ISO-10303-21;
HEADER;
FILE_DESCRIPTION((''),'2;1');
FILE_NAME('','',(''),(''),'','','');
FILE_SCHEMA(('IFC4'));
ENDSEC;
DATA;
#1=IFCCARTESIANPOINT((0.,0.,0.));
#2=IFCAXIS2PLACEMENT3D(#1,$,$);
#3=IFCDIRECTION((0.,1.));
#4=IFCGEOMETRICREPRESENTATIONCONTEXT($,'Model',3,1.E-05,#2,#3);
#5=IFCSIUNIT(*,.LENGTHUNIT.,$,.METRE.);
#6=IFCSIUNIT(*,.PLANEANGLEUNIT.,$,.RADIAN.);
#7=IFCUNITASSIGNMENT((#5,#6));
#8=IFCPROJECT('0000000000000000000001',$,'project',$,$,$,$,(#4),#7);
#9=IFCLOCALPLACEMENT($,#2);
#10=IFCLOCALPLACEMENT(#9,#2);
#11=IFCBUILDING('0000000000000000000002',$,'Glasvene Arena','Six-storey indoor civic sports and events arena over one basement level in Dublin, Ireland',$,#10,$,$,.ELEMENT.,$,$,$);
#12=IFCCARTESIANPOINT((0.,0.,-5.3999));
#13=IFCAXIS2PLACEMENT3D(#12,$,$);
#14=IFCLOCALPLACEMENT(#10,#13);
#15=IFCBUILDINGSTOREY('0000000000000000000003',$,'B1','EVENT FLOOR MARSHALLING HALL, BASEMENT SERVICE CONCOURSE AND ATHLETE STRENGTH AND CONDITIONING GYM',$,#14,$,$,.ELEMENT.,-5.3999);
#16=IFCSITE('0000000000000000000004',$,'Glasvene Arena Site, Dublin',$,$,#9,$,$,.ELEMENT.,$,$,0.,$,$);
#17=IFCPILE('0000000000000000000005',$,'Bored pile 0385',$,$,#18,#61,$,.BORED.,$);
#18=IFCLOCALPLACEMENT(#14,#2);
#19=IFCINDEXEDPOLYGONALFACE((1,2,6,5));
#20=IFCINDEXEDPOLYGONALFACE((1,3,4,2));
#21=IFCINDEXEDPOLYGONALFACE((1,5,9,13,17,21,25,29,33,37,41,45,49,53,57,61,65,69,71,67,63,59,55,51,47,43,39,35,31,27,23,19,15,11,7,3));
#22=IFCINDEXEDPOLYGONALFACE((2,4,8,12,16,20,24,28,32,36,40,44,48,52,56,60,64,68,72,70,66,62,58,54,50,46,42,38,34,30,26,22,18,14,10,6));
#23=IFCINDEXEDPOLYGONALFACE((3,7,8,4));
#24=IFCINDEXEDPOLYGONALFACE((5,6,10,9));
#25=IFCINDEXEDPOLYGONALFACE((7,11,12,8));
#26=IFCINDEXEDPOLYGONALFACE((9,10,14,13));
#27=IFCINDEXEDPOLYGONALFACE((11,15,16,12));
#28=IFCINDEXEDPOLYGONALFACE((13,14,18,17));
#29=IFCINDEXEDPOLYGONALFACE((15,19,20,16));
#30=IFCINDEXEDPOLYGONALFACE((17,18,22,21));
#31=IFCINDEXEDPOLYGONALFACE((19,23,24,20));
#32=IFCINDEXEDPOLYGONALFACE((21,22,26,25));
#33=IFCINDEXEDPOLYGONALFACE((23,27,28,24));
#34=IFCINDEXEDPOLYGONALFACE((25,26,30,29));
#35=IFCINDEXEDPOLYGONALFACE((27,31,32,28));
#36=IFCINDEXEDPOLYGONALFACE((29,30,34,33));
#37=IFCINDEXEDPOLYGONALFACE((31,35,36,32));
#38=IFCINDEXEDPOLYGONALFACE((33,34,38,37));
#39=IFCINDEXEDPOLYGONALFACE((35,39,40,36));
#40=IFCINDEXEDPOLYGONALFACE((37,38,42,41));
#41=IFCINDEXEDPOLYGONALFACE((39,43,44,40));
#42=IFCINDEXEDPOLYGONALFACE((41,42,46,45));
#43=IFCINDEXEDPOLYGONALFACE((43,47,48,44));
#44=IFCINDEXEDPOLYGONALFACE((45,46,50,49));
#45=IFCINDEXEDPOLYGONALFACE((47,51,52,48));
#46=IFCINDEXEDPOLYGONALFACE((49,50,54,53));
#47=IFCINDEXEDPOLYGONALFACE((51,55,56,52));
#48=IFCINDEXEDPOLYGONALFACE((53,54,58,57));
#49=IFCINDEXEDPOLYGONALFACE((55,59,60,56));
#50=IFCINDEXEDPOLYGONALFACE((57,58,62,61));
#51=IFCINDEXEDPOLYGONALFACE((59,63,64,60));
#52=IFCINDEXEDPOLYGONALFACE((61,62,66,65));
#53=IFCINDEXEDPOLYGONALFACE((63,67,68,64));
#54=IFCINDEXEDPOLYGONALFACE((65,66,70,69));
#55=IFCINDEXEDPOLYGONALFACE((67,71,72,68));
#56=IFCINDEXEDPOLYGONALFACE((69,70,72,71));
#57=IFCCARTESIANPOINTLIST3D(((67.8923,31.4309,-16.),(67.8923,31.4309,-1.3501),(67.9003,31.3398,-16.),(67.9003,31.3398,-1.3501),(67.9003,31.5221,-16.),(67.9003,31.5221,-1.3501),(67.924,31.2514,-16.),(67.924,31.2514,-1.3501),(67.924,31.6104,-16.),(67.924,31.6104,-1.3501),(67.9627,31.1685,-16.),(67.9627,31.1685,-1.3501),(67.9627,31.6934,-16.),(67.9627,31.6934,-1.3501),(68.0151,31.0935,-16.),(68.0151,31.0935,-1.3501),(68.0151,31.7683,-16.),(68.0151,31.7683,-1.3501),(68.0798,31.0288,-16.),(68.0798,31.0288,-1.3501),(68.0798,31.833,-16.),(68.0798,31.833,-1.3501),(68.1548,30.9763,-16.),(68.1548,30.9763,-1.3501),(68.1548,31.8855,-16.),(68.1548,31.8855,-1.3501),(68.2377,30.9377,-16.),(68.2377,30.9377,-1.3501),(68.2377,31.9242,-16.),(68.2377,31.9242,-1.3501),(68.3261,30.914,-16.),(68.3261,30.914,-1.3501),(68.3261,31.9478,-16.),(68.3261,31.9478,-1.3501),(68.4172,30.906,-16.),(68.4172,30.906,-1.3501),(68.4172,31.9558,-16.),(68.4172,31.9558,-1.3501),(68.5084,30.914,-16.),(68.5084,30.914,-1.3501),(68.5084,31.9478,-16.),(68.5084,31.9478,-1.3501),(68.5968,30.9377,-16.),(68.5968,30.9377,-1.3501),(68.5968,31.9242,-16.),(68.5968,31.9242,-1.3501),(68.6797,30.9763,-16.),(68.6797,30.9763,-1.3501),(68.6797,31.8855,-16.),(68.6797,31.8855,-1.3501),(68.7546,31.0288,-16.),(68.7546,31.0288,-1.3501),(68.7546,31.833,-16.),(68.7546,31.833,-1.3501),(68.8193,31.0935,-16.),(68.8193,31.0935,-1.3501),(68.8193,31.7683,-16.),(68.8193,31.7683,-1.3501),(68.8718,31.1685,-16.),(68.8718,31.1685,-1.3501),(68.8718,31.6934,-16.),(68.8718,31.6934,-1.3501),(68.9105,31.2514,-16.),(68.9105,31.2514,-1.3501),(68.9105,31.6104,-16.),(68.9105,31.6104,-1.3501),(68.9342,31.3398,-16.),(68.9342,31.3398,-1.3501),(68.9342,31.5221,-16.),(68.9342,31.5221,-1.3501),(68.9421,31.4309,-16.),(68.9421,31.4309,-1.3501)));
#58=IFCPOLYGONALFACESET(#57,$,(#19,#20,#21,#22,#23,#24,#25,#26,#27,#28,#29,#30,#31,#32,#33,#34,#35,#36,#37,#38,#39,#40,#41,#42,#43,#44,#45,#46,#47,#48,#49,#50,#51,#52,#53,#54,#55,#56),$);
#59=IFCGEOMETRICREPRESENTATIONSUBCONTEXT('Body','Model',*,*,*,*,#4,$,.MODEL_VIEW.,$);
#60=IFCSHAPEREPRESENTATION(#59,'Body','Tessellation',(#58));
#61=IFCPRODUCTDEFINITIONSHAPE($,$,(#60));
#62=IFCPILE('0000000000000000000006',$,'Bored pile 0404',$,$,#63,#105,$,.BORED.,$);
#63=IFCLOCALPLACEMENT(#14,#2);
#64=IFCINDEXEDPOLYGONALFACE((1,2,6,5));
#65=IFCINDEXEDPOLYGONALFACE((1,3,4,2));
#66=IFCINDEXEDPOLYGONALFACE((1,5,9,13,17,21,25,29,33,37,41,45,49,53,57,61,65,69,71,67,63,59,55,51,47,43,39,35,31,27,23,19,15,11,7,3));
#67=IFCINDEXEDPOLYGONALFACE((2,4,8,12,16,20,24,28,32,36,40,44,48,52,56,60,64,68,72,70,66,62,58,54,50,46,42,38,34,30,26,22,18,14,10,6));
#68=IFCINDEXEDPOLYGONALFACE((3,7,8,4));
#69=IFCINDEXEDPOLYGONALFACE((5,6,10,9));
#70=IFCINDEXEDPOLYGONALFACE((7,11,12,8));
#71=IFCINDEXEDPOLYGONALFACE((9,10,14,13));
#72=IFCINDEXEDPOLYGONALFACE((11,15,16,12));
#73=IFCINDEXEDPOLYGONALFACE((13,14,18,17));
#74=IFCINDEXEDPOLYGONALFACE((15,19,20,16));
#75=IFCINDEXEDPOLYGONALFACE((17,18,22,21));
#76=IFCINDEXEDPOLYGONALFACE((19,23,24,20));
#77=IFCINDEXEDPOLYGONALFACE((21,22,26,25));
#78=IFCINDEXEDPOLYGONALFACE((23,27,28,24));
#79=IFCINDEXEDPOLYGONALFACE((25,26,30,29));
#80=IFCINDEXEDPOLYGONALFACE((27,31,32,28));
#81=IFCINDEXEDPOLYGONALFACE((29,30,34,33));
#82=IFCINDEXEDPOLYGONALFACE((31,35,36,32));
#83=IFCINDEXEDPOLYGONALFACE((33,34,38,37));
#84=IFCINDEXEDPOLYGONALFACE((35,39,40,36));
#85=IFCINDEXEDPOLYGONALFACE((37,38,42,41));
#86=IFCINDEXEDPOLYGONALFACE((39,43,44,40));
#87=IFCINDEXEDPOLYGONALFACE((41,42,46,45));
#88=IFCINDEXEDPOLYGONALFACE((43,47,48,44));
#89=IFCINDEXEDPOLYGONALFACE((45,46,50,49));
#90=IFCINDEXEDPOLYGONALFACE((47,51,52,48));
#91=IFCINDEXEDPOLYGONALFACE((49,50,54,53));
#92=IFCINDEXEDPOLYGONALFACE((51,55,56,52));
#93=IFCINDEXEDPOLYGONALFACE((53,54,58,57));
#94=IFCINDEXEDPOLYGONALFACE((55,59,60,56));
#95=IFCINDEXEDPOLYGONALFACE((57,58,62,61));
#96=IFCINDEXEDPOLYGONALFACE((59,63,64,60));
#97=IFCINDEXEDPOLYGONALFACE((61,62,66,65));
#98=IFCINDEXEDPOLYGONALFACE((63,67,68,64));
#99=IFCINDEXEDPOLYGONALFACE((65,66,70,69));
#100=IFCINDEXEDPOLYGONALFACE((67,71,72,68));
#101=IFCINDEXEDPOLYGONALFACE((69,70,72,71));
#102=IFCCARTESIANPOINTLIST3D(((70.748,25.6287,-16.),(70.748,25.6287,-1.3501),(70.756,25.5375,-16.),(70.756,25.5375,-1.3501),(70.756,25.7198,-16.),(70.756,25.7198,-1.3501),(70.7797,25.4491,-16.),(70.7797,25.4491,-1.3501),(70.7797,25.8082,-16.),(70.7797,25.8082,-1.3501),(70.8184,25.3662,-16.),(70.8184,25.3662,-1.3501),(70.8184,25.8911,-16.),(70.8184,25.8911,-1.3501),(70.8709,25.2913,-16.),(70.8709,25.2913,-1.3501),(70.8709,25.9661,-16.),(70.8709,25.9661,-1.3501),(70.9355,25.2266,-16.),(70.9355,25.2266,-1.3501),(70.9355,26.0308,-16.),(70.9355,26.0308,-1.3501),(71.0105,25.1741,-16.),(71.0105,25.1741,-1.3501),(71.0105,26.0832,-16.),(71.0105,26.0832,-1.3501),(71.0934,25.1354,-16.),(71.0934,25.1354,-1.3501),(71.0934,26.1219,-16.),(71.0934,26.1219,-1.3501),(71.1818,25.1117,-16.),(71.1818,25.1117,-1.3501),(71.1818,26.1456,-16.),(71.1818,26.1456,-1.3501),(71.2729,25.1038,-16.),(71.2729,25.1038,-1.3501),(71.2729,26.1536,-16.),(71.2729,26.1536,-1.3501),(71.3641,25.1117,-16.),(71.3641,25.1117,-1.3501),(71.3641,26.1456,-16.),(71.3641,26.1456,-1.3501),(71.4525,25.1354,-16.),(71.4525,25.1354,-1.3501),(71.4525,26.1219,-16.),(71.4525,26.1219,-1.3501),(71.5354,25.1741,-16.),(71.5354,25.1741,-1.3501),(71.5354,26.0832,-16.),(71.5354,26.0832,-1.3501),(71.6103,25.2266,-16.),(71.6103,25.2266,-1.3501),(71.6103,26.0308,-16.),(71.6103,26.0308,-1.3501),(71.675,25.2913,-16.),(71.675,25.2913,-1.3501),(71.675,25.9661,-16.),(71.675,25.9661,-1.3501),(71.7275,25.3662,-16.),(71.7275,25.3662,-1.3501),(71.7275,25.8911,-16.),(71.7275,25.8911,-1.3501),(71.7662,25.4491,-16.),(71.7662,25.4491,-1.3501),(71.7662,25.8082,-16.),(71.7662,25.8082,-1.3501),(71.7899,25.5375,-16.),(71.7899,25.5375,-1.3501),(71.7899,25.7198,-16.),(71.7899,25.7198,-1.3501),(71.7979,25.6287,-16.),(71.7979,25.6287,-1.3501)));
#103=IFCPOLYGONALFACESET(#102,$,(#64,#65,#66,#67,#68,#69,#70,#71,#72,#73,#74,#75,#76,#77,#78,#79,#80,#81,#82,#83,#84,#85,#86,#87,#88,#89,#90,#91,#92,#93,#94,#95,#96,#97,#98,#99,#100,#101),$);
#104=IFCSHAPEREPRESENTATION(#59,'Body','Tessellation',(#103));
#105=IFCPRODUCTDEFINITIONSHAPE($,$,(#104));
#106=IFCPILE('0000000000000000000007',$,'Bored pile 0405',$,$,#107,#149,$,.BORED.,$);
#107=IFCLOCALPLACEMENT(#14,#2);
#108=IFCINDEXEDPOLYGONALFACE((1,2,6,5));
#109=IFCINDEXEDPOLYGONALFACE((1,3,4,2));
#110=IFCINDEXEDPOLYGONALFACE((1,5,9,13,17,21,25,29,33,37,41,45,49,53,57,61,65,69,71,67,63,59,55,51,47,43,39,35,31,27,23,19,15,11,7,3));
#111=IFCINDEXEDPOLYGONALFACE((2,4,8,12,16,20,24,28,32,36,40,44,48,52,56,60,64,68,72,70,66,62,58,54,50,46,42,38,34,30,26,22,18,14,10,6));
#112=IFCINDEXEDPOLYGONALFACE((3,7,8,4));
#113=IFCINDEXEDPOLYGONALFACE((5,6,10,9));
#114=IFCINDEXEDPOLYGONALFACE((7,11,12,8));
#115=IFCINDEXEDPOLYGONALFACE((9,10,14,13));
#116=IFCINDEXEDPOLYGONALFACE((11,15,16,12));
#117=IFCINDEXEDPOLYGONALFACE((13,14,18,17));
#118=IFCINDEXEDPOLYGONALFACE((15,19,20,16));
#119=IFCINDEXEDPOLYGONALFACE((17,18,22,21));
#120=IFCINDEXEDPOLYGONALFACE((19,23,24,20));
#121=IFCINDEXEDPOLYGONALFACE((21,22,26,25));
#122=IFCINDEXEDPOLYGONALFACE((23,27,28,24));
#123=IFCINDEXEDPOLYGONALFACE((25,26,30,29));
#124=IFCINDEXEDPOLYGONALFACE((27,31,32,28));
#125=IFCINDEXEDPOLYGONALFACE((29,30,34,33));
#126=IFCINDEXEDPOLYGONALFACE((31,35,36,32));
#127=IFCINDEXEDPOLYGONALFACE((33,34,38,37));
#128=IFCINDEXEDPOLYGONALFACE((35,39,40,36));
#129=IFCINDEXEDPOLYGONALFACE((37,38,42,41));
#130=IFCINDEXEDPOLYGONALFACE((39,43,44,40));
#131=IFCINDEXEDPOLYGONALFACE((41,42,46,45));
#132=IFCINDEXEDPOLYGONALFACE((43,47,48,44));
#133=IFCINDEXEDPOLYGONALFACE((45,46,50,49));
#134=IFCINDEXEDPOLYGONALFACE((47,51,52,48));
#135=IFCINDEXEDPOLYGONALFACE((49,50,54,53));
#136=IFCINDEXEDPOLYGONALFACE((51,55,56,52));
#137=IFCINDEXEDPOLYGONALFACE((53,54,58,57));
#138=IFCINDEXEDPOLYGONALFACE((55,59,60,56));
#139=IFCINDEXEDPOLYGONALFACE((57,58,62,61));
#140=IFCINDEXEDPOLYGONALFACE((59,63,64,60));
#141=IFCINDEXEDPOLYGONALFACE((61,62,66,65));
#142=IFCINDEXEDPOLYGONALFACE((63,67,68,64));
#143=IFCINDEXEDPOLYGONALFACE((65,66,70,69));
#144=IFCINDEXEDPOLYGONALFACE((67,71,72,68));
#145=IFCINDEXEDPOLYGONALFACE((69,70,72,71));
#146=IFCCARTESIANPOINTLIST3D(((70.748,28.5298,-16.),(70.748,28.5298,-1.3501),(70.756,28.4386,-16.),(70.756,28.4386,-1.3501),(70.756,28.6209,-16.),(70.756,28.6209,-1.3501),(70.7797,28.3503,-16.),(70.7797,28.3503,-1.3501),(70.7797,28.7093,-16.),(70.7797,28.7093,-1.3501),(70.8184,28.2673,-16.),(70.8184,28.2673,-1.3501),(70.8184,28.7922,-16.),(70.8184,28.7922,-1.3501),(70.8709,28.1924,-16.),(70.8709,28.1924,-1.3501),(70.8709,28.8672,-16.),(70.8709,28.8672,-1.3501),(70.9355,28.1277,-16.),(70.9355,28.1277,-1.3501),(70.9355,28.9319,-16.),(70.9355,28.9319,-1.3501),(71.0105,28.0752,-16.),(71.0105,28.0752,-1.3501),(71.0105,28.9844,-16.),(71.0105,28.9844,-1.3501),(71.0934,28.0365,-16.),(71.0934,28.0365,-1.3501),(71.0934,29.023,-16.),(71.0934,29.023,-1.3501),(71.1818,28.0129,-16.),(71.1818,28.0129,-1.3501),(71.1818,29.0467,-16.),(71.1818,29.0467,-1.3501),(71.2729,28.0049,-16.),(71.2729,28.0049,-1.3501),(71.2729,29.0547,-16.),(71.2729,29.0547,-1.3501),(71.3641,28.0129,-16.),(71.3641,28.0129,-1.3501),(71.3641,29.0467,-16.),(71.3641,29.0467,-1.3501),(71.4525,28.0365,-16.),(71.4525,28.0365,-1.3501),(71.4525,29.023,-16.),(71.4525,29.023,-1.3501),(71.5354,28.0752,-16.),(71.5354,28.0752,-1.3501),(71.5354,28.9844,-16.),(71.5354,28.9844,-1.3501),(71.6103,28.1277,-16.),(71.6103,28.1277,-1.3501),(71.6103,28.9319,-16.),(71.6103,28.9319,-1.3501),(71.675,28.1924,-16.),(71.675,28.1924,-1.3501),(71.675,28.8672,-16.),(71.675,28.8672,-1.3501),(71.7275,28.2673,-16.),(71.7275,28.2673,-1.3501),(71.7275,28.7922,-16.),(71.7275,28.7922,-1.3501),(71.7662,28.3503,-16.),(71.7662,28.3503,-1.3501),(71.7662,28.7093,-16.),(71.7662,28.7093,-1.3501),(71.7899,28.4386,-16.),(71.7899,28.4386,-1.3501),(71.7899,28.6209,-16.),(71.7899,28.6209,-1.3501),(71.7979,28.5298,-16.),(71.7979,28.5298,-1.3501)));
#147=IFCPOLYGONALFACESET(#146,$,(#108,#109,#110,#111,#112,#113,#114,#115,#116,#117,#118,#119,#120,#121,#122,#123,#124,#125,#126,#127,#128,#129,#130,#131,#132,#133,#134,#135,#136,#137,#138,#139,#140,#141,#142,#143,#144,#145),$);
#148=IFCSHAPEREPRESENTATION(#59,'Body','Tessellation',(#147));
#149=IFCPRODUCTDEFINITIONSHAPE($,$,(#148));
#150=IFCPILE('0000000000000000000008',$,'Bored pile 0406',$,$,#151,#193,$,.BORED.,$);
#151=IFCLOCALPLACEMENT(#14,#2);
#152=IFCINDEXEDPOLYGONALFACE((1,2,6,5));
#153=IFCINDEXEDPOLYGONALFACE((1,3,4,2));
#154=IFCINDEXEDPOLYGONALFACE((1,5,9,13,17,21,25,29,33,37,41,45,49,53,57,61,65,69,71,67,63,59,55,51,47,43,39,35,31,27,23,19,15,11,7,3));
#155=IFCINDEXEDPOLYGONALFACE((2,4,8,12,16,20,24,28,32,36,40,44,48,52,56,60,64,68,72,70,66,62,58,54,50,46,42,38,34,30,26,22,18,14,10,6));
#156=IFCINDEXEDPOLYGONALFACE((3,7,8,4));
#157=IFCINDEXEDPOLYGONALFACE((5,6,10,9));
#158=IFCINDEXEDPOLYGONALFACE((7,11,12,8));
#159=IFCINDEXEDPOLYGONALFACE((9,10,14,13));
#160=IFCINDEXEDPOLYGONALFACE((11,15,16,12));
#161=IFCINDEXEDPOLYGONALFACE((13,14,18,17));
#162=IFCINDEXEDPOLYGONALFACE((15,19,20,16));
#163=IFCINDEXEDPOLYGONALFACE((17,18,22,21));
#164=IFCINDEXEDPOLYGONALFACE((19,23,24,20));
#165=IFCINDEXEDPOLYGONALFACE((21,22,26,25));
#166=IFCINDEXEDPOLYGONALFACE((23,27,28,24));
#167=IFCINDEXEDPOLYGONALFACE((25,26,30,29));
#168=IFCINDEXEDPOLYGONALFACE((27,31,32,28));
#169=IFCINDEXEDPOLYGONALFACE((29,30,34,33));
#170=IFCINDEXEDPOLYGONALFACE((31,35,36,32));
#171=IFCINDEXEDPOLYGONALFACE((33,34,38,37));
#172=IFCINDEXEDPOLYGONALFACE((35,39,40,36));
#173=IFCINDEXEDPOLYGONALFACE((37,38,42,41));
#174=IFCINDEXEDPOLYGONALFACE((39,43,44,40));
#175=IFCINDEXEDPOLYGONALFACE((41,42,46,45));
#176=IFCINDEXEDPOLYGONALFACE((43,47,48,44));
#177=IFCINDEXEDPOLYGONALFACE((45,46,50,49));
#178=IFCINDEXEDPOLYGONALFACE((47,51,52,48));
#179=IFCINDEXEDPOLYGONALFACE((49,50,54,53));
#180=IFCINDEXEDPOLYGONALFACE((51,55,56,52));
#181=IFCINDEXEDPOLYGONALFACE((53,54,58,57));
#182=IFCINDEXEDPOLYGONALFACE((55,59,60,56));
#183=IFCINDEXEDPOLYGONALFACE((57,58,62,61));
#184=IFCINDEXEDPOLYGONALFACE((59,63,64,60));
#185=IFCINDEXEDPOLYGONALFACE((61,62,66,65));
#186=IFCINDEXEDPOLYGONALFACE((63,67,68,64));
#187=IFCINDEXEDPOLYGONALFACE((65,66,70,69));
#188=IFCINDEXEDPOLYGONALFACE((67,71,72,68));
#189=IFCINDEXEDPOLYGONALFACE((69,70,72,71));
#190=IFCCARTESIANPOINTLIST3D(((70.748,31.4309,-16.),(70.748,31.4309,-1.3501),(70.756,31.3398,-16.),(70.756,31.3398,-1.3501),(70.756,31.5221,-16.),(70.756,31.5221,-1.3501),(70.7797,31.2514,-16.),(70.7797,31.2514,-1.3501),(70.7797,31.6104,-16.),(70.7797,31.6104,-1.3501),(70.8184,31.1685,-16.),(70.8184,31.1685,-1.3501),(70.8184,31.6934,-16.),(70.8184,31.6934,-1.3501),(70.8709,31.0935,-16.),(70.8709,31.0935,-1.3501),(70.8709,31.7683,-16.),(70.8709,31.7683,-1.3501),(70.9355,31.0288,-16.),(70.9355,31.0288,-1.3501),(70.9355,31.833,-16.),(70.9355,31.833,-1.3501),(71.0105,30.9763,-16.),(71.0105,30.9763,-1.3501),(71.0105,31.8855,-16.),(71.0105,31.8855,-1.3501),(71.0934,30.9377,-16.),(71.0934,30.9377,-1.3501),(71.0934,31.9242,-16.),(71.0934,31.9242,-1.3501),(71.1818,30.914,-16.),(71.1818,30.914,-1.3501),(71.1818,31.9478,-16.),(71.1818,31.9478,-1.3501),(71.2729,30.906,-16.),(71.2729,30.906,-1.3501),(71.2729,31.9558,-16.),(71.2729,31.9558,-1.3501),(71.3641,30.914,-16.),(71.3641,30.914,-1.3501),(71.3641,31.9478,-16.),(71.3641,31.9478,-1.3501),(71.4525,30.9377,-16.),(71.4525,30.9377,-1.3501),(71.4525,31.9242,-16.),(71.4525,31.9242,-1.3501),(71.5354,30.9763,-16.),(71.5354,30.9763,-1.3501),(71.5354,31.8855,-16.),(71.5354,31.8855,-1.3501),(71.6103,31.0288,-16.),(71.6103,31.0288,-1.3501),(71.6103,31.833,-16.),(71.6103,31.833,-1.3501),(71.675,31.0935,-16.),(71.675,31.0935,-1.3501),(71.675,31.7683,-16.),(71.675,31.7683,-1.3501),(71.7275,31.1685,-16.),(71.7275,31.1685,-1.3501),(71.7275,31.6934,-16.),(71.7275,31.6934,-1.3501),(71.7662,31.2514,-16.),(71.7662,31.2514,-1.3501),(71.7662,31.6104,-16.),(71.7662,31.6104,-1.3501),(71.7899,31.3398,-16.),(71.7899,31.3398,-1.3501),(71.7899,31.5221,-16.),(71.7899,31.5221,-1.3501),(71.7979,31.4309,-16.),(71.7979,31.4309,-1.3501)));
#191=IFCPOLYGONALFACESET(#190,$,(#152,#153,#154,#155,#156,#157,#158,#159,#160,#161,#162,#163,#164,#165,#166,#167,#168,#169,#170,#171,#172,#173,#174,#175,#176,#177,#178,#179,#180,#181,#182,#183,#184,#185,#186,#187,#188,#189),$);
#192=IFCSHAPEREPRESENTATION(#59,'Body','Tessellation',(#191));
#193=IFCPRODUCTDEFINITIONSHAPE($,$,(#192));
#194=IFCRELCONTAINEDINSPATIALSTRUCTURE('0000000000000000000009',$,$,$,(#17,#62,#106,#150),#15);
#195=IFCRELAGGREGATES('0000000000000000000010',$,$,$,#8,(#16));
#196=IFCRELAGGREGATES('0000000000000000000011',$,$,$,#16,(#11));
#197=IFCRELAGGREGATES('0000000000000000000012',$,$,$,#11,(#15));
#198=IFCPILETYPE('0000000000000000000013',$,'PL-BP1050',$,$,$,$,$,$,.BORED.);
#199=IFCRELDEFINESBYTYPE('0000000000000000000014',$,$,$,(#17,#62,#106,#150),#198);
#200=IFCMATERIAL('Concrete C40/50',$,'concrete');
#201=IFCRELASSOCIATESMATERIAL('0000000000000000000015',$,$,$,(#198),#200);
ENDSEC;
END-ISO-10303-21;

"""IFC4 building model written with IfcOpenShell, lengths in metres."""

from ifc_helpers import new_model, si_unit, direction, frame, origin, origin_2d, place, context, subcontext, project, spatial, circle, extrude, material, material_profile, profile_set, type_object, element, save


model = new_model("IFC4")

# Units and contexts
model_context = context("Model", 3, precision=1e-05, world=origin(), true_north=direction((0.0, 1.0)))
body_context = subcontext(model_context, "Body", "Model", "MODEL_VIEW")
ifc_project = project(units=[si_unit("LENGTHUNIT", "METRE"), si_unit("PLANEANGLEUNIT", "RADIAN")], contexts=[model_context])

# Site, building, storey
site_placement = place(None, origin())
site = spatial("IfcSite", under=ifc_project, at=site_placement, Name="Glasvene Arena Site, Dublin", CompositionType="ELEMENT", RefElevation=0.0)
building_placement = place(site_placement, origin())
building = spatial("IfcBuilding", under=site, at=building_placement, Name="Glasvene Arena", Description="Six-storey indoor civic sports and events arena over one basement level in Dublin, Ireland", CompositionType="ELEMENT")
storey_placement = place(building_placement, frame((0.0, 0.0, -5.3999)))
storey = spatial("IfcBuildingStorey", under=building, at=storey_placement, Name="B1", Description="EVENT FLOOR MARSHALLING HALL, BASEMENT SERVICE CONCOURSE AND ATHLETE STRENGTH AND CONDITIONING GYM", CompositionType="ELEMENT", Elevation=-5.3999)

# Piles
ifc_material_1 = material(Name="Concrete C40/50", Category="concrete")
ifc_material_profile_1 = material_profile(ifc_material_1, circle(Radius=0.5249, at=origin_2d()), Name="BORED PILE 1050")
ifc_profile_set_1 = profile_set([ifc_material_profile_1], Name="Concrete C40/50")
pile_type = type_object("IfcPileType", Name="PL-BP1050", PredefinedType="BORED", material=ifc_profile_set_1)
for number, where, z_axis, x_axis, name in (
    (1, (68.4172, 31.4309, -1.3501), (0.0, 0.0, -1.0), (1.0, 0.0, 0.0), "Bored pile 0385"),
    (2, (71.2729, 25.6287, -1.3501), (0.0, 0.0, -1.0), (1.0, 0.0, 0.0), "Bored pile 0404"),
    (3, (71.2729, 28.5298, -1.3501), (0.0, 0.0, -1.0), (1.0, 0.0, 0.0), "Bored pile 0405"),
    (4, (71.2729, 31.4309, -1.3501), (0.0, 0.0, -1.0), (1.0, 0.0, 0.0), "Bored pile 0406"),
):
    element("IfcPile", number, at=place(storey_placement, frame(where, z_axis=z_axis, x_axis=x_axis)), inside=storey, type_object=pile_type, Name=name, PredefinedType="BORED", context=body_context, shape_type="SweptSolid", body=[
        extrude(circle(Radius=0.5249, at=origin_2d()), origin(), (0.0, 0.0, 1.0), 14.6499),
    ])

save(model, "model.ifc")
